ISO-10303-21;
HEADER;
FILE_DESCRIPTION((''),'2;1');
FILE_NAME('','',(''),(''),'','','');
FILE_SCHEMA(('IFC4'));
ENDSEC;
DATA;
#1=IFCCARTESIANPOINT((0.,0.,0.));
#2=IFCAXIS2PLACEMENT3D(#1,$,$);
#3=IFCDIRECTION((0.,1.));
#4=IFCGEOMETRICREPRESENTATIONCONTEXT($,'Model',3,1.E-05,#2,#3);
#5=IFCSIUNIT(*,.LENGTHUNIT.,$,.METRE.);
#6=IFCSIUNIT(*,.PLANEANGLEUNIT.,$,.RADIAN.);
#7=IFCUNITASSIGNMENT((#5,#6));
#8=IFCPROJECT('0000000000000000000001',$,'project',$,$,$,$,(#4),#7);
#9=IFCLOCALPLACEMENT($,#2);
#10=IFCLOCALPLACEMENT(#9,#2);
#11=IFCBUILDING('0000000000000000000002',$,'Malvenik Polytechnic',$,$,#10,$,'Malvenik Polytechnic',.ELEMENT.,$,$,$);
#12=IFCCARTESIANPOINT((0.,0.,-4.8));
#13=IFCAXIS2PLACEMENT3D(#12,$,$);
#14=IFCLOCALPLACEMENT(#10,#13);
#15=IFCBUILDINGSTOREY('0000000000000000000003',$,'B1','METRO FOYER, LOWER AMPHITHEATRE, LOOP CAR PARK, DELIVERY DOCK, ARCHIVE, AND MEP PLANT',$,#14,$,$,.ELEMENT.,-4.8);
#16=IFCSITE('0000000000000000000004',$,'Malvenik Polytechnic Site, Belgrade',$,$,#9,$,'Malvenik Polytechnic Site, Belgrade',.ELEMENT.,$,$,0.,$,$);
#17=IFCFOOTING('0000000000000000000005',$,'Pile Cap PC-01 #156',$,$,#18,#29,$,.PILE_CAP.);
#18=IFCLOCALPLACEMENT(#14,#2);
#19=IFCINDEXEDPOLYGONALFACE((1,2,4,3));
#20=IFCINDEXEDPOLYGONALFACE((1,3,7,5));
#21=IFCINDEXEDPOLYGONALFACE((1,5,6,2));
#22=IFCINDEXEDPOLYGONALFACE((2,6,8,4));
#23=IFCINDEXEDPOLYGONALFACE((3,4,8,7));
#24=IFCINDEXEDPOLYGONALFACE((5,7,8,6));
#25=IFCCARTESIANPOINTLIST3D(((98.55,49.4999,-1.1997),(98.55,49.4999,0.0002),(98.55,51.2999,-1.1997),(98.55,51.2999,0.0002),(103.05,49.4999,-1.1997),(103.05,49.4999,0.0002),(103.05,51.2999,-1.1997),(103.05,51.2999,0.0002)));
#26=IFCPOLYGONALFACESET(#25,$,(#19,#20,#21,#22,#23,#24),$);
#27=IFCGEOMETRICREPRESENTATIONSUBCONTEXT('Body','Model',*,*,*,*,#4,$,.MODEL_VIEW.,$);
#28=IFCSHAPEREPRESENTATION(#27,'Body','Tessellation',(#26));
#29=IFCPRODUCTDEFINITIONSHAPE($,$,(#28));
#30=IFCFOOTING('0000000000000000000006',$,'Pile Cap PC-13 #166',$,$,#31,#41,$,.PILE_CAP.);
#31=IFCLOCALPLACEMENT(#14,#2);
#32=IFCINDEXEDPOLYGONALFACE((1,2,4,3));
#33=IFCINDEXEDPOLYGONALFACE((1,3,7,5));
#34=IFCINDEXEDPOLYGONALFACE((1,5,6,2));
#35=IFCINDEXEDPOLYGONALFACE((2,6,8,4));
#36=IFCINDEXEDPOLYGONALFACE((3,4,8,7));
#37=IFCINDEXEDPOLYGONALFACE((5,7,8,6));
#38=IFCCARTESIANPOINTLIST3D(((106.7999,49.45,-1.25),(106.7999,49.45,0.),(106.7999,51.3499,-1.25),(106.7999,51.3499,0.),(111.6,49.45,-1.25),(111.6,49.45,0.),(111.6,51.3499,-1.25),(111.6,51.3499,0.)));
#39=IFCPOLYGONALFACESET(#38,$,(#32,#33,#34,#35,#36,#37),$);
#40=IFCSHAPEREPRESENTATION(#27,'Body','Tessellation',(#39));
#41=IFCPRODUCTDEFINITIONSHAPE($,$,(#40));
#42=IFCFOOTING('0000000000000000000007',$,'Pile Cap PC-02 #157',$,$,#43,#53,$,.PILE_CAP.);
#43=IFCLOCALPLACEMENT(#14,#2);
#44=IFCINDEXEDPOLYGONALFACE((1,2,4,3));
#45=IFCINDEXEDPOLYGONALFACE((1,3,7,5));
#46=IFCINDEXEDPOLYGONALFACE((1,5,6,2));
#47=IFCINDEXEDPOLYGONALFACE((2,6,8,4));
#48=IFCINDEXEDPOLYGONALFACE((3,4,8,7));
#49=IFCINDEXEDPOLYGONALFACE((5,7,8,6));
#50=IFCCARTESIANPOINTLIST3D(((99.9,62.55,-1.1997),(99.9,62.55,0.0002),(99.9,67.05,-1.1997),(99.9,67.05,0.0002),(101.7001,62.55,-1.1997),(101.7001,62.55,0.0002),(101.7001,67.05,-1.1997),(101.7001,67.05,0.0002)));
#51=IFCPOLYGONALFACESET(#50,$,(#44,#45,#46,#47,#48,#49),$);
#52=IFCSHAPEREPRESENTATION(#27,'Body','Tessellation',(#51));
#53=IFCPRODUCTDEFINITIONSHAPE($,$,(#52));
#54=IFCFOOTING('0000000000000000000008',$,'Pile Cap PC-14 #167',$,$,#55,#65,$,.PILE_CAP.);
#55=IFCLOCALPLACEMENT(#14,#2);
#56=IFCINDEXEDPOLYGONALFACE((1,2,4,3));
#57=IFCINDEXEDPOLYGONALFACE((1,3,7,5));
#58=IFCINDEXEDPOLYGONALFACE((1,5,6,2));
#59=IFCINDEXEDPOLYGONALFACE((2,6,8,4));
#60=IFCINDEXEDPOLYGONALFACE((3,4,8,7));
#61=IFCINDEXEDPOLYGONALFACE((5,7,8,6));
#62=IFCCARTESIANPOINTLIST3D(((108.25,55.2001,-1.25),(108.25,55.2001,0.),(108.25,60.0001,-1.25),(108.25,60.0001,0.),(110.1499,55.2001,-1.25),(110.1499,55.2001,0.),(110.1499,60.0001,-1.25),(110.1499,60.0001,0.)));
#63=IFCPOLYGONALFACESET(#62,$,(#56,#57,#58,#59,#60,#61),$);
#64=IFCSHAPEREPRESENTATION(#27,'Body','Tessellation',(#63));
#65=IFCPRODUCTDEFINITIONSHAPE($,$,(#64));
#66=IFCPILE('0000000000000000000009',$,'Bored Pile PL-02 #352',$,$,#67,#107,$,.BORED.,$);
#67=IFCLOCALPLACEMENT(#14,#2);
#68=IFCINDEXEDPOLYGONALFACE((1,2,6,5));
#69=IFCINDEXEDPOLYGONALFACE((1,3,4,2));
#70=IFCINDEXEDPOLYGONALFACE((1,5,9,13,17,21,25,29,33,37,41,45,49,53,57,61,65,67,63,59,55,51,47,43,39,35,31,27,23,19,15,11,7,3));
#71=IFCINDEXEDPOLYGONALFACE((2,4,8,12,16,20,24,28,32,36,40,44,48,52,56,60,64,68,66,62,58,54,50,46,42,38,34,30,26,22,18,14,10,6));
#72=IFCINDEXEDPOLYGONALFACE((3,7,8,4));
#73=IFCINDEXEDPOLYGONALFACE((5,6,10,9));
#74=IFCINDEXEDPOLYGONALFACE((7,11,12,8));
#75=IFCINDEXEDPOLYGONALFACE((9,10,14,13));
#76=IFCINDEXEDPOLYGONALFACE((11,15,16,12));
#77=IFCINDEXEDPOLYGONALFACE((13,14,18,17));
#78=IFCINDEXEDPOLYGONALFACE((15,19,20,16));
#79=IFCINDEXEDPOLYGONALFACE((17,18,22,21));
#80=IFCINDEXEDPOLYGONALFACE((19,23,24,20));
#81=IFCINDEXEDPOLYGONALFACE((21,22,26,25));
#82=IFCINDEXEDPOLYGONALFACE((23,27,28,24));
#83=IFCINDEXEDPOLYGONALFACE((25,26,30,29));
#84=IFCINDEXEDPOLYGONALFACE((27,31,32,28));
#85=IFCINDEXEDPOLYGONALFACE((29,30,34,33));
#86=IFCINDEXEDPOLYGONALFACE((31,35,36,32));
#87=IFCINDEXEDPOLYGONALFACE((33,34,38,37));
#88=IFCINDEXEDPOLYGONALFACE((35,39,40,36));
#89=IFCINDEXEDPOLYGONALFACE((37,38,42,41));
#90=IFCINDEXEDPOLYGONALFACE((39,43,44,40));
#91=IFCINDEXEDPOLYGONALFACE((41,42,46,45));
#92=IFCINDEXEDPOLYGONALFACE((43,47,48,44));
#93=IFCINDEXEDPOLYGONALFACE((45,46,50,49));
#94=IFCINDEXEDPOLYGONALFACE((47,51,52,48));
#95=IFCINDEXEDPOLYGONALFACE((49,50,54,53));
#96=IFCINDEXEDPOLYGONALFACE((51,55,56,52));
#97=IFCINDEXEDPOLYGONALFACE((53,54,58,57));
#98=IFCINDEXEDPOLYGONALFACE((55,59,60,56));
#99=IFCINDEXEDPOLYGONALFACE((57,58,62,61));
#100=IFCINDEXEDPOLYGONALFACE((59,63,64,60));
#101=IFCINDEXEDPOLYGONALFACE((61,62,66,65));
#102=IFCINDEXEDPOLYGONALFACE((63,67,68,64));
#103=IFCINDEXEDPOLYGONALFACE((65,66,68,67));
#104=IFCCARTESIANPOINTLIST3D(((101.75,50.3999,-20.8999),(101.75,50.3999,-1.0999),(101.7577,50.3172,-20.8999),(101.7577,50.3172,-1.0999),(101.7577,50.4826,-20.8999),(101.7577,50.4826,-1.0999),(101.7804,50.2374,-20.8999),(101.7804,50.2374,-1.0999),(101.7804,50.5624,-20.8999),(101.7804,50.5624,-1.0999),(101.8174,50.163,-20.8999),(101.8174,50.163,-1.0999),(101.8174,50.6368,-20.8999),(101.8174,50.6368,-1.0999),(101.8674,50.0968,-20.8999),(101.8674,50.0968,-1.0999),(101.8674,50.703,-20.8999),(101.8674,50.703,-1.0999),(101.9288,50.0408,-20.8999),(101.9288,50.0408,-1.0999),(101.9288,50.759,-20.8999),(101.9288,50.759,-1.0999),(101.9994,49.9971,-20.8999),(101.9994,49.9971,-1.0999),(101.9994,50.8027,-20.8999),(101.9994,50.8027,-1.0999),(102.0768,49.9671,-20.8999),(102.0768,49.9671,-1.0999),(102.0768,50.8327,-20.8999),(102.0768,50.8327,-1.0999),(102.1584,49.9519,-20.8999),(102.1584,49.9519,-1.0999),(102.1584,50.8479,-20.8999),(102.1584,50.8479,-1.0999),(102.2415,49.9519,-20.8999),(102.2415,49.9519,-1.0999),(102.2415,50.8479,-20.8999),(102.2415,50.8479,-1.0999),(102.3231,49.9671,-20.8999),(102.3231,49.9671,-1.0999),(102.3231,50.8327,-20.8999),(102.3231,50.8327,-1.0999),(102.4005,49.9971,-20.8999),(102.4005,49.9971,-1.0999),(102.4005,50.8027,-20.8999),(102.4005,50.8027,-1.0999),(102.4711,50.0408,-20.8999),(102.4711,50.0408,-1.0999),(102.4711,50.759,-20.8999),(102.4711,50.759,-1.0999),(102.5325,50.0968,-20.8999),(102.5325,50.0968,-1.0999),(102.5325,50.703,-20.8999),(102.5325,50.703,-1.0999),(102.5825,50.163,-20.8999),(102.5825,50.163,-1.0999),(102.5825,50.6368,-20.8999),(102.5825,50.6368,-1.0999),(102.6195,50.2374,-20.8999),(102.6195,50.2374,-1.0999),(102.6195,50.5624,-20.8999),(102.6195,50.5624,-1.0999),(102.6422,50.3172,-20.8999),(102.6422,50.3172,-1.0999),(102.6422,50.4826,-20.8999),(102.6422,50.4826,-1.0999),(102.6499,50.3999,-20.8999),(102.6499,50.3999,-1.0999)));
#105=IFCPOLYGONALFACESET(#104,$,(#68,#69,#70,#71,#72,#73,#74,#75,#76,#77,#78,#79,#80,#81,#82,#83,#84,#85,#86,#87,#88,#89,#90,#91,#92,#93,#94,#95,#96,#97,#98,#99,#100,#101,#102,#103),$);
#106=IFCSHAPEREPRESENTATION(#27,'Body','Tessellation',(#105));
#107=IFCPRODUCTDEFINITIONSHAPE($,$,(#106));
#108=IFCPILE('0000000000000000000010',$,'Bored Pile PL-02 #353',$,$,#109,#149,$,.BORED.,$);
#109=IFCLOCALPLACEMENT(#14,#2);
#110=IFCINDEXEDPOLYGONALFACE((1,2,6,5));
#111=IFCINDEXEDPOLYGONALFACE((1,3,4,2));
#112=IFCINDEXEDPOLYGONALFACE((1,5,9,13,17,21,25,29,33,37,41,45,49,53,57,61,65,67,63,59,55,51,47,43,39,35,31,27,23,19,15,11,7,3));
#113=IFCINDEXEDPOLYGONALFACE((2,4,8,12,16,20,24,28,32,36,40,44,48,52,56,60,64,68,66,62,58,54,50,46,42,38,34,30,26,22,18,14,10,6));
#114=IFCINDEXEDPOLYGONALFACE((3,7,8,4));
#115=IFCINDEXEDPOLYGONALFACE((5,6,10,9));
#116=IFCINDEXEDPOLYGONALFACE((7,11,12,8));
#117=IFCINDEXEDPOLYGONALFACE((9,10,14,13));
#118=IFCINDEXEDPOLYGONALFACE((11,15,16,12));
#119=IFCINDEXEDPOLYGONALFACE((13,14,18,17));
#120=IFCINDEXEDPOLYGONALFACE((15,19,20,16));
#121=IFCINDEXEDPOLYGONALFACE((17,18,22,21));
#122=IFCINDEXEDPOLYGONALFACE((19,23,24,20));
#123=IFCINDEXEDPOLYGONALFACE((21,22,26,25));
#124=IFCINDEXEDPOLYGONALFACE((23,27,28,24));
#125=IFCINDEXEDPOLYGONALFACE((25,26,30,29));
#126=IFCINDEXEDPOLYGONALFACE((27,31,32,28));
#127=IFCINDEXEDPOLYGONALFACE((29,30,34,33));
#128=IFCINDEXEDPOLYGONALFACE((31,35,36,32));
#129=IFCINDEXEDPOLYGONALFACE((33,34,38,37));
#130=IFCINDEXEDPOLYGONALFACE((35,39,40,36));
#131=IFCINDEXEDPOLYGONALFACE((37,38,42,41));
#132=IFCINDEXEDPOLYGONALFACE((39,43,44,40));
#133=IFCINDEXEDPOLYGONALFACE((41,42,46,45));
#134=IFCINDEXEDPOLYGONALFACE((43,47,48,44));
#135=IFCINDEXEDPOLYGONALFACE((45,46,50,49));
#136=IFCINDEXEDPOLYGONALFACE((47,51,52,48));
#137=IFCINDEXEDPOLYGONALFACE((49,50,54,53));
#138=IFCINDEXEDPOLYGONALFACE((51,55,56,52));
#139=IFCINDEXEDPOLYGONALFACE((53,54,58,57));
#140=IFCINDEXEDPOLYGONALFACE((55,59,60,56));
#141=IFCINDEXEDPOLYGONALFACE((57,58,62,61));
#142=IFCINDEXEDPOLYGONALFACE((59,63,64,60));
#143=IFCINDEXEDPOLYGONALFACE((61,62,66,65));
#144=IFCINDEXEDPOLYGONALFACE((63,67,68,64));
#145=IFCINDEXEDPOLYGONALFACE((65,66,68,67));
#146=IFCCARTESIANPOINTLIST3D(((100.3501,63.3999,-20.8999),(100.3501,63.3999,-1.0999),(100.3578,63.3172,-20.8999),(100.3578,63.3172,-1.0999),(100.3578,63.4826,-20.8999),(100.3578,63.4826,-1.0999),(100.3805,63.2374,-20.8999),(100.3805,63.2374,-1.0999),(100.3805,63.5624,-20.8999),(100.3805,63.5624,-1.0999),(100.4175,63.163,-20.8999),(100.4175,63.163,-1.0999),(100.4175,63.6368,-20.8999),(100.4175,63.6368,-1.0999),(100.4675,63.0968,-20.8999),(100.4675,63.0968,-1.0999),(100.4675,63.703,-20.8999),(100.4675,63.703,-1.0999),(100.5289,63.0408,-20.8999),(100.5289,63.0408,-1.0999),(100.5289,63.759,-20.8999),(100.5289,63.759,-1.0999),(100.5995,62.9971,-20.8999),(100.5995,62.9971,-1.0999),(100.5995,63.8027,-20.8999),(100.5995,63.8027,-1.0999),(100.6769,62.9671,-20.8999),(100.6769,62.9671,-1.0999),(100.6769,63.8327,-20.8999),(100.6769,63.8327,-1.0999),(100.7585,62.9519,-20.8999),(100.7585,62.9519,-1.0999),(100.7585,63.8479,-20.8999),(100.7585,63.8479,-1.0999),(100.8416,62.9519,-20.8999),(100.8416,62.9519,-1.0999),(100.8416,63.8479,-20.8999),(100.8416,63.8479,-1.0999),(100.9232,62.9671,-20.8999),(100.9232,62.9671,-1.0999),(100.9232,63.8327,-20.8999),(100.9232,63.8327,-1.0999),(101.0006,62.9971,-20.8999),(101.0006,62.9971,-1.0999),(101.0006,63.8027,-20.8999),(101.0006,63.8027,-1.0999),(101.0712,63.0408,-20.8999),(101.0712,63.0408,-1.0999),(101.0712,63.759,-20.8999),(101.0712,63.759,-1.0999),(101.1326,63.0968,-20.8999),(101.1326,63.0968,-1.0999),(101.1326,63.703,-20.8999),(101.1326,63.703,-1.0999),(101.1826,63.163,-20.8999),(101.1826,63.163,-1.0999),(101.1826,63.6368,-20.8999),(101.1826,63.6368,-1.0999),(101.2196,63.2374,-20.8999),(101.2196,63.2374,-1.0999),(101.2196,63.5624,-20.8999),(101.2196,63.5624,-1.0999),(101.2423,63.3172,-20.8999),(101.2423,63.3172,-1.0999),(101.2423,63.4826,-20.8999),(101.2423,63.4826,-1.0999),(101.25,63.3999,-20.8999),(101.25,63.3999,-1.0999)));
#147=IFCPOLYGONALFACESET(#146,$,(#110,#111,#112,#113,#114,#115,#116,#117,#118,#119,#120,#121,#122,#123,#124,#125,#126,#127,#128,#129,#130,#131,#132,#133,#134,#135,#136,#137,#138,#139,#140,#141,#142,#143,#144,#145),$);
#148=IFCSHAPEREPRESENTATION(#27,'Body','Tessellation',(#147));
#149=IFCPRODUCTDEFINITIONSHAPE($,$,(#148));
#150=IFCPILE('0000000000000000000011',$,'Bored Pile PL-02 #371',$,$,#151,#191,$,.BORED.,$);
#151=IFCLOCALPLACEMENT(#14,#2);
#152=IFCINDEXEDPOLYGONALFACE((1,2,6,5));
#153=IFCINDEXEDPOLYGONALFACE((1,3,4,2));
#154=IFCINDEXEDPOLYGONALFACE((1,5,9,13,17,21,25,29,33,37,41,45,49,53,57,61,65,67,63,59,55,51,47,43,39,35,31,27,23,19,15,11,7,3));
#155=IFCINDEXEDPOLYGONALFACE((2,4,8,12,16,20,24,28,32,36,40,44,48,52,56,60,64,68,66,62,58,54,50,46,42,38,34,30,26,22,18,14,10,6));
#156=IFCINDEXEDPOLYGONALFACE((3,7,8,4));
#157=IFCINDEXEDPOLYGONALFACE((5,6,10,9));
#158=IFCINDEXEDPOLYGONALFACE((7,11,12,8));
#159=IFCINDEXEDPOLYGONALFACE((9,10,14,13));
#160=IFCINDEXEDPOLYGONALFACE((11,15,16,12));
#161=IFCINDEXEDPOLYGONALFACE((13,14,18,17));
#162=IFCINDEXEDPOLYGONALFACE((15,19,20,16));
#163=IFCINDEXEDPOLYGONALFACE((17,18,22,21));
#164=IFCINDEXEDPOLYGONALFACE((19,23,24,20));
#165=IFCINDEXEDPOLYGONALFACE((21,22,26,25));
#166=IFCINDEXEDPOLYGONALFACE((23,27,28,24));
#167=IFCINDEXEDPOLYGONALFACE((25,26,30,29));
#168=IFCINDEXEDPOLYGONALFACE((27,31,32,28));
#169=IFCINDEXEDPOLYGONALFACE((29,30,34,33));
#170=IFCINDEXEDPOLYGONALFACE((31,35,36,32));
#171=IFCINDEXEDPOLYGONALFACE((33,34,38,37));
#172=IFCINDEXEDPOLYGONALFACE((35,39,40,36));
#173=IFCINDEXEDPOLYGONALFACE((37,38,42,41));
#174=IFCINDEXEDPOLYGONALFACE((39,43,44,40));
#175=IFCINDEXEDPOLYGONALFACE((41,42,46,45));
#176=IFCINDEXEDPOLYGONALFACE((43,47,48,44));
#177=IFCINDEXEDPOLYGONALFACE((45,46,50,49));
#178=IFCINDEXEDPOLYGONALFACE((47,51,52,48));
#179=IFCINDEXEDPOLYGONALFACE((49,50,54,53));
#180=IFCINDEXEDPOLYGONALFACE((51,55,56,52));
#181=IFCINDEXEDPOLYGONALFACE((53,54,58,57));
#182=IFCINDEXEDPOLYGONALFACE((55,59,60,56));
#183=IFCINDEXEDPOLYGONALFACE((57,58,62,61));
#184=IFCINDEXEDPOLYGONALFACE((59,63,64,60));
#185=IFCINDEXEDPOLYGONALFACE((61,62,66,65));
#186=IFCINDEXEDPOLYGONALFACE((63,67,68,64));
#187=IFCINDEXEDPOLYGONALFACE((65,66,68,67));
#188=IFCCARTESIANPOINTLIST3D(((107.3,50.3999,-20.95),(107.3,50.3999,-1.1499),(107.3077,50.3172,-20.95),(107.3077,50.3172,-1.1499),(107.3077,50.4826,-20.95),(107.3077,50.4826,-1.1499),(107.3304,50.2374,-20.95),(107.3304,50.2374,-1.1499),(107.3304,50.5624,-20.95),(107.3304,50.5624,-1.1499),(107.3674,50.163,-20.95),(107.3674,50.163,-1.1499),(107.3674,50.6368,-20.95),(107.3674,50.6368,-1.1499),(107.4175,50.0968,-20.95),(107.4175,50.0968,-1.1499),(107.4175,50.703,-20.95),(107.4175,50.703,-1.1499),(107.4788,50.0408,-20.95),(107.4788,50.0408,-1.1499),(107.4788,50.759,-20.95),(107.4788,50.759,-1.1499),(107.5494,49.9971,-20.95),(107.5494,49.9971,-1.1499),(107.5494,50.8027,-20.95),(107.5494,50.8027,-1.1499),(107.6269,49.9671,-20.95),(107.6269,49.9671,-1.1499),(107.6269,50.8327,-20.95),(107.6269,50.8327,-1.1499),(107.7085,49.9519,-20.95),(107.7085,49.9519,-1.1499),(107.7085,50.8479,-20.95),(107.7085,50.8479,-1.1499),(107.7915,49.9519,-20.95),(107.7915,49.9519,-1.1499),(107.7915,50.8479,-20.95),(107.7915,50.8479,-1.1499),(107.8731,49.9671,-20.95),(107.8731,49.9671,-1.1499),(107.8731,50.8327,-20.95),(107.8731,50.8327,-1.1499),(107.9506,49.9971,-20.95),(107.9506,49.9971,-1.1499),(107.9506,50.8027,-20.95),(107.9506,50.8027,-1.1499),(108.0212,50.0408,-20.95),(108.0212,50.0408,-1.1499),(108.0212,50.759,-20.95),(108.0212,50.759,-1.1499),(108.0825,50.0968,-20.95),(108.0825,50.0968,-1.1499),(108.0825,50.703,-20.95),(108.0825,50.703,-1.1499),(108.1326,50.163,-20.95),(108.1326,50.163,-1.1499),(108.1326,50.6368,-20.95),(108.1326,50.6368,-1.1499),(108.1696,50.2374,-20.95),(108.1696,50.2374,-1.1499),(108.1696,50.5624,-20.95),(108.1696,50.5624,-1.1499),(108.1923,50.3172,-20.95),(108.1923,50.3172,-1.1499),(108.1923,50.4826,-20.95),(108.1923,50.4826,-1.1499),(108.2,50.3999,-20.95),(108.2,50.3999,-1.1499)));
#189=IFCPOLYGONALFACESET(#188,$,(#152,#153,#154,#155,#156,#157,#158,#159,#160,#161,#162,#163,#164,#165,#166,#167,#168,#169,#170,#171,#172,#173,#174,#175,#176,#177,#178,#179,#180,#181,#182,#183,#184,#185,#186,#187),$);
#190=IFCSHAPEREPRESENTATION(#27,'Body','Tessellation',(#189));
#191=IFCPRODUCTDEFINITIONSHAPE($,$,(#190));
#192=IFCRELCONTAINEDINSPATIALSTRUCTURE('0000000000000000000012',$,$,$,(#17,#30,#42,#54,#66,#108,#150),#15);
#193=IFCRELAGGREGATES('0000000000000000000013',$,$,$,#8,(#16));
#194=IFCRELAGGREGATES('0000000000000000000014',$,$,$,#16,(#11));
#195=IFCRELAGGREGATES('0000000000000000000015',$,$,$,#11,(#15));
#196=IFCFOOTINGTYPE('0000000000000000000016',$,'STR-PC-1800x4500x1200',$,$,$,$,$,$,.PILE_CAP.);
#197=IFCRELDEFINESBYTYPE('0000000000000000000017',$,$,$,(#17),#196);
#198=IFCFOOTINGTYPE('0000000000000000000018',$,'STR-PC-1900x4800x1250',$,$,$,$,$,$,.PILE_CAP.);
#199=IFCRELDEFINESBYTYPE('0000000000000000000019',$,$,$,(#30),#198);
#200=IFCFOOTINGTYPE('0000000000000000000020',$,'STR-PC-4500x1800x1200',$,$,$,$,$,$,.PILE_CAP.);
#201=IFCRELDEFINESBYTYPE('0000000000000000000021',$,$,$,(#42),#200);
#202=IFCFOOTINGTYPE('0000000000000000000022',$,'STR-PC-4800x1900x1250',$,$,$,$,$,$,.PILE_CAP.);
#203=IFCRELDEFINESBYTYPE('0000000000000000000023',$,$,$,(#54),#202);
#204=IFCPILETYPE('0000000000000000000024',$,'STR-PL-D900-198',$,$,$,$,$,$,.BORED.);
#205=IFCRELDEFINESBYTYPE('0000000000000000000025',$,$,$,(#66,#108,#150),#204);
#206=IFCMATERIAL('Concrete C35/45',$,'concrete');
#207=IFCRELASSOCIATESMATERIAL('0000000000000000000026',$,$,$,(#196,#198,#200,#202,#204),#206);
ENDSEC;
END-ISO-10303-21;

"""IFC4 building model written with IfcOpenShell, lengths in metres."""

from ifc_helpers import new_model, si_unit, direction, frame, origin, origin_2d, place, context, subcontext, project, spatial, rectangle, circle, extrude, material, material_profile, profile_set, type_object, element, save


model = new_model("IFC4")

# Units and contexts
model_context = context("Model", 3, precision=1e-05, world=origin(), true_north=direction((0.0, 1.0)))
body_context = subcontext(model_context, "Body", "Model", "MODEL_VIEW")
ifc_project = project(units=[si_unit("LENGTHUNIT", "METRE"), si_unit("PLANEANGLEUNIT", "RADIAN")], contexts=[model_context])

# Site, building, storey
site_placement = place(None, origin())
site = spatial("IfcSite", under=ifc_project, at=site_placement, Name="Malvenik Polytechnic Site, Belgrade", LongName="Malvenik Polytechnic Site, Belgrade", CompositionType="ELEMENT", RefElevation=0.0)
building_placement = place(site_placement, origin())
building = spatial("IfcBuilding", under=site, at=building_placement, Name="Malvenik Polytechnic", LongName="Malvenik Polytechnic", CompositionType="ELEMENT")
storey_placement = place(building_placement, frame((0.0, 0.0, -4.8)))
storey = spatial("IfcBuildingStorey", under=building, at=storey_placement, Name="B1", Description="METRO FOYER, LOWER AMPHITHEATRE, LOOP CAR PARK, DELIVERY DOCK, ARCHIVE, AND MEP PLANT", CompositionType="ELEMENT", Elevation=-4.8)

# Footings
ifc_material_1 = material(Name="Concrete C35/45", Category="concrete")
footing_type_1 = type_object("IfcFootingType", Name="STR-PC-1800x4500x1200", PredefinedType="PILE_CAP", material=ifc_material_1)
footing_1_placement = place(storey_placement, frame((100.8, 50.3999, -1.1997), z_axis=(0.0, 0.0, 1.0), x_axis=(1.0, 0.0, 0.0)))
element("IfcFooting", 1, at=footing_1_placement, inside=storey, type_object=footing_type_1, Name="Pile Cap PC-01 #156", PredefinedType="PILE_CAP", context=body_context, shape_type="SweptSolid", body=[
    extrude(rectangle(XDim=4.5, YDim=1.8, at=origin_2d()), origin(), (0.0, 0.0, 1.0), 1.2),
])
footing_type_2 = type_object("IfcFootingType", Name="STR-PC-1900x4800x1250", PredefinedType="PILE_CAP", material=ifc_material_1)
footing_2_placement = place(storey_placement, frame((109.2, 50.3999, -1.25), z_axis=(0.0, 0.0, 1.0), x_axis=(1.0, 0.0, 0.0)))
element("IfcFooting", 2, at=footing_2_placement, inside=storey, type_object=footing_type_2, Name="Pile Cap PC-13 #166", PredefinedType="PILE_CAP", context=body_context, shape_type="SweptSolid", body=[
    extrude(rectangle(XDim=4.8, YDim=1.8999, at=origin_2d()), origin(), (0.0, 0.0, 1.0), 1.25),
])
footing_type_3 = type_object("IfcFootingType", Name="STR-PC-4500x1800x1200", PredefinedType="PILE_CAP", material=ifc_material_1)
footing_3_placement = place(storey_placement, frame((100.8, 64.8, -1.1997), z_axis=(0.0, 0.0, 1.0), x_axis=(1.0, 0.0, 0.0)))
element("IfcFooting", 3, at=footing_3_placement, inside=storey, type_object=footing_type_3, Name="Pile Cap PC-02 #157", PredefinedType="PILE_CAP", context=body_context, shape_type="SweptSolid", body=[
    extrude(rectangle(XDim=1.8, YDim=4.5, at=origin_2d()), origin(), (0.0, 0.0, 1.0), 1.2),
])
footing_type_4 = type_object("IfcFootingType", Name="STR-PC-4800x1900x1250", PredefinedType="PILE_CAP", material=ifc_material_1)
footing_4_placement = place(storey_placement, frame((109.2, 57.6001, -1.25), z_axis=(0.0, 0.0, 1.0), x_axis=(1.0, 0.0, 0.0)))
element("IfcFooting", 4, at=footing_4_placement, inside=storey, type_object=footing_type_4, Name="Pile Cap PC-14 #167", PredefinedType="PILE_CAP", context=body_context, shape_type="SweptSolid", body=[
    extrude(rectangle(XDim=1.8999, YDim=4.8, at=origin_2d()), origin(), (0.0, 0.0, 1.0), 1.25),
])

# Piles
ifc_material_profile_1 = material_profile(ifc_material_1, circle(Radius=0.45, at=origin_2d()), Name="BORED PILE D900")
ifc_profile_set_1 = profile_set([ifc_material_profile_1], Name="Concrete C35/45")
pile_type = type_object("IfcPileType", Name="STR-PL-D900-198", PredefinedType="BORED", material=ifc_profile_set_1)
for number, where, z_axis, x_axis, name in (
    (5, (102.2, 50.3999, -1.0999), (0.0, 0.0, -1.0), (1.0, 0.0, 0.0), "Bored Pile PL-02 #352"),
    (6, (100.8, 63.3999, -1.0999), (0.0, 0.0, -1.0), (1.0, 0.0, 0.0), "Bored Pile PL-02 #353"),
    (7, (107.75, 50.3999, -1.1499), (0.0, 0.0, -1.0), (1.0, 0.0, 0.0), "Bored Pile PL-02 #371"),
):
    element("IfcPile", number, at=place(storey_placement, frame(where, z_axis=z_axis, x_axis=x_axis)), inside=storey, type_object=pile_type, Name=name, PredefinedType="BORED", context=body_context, shape_type="SweptSolid", body=[
        extrude(circle(Radius=0.45, at=origin_2d()), origin(), (0.0, 0.0, 1.0), 19.8),
    ])

save(model, "model.ifc")
